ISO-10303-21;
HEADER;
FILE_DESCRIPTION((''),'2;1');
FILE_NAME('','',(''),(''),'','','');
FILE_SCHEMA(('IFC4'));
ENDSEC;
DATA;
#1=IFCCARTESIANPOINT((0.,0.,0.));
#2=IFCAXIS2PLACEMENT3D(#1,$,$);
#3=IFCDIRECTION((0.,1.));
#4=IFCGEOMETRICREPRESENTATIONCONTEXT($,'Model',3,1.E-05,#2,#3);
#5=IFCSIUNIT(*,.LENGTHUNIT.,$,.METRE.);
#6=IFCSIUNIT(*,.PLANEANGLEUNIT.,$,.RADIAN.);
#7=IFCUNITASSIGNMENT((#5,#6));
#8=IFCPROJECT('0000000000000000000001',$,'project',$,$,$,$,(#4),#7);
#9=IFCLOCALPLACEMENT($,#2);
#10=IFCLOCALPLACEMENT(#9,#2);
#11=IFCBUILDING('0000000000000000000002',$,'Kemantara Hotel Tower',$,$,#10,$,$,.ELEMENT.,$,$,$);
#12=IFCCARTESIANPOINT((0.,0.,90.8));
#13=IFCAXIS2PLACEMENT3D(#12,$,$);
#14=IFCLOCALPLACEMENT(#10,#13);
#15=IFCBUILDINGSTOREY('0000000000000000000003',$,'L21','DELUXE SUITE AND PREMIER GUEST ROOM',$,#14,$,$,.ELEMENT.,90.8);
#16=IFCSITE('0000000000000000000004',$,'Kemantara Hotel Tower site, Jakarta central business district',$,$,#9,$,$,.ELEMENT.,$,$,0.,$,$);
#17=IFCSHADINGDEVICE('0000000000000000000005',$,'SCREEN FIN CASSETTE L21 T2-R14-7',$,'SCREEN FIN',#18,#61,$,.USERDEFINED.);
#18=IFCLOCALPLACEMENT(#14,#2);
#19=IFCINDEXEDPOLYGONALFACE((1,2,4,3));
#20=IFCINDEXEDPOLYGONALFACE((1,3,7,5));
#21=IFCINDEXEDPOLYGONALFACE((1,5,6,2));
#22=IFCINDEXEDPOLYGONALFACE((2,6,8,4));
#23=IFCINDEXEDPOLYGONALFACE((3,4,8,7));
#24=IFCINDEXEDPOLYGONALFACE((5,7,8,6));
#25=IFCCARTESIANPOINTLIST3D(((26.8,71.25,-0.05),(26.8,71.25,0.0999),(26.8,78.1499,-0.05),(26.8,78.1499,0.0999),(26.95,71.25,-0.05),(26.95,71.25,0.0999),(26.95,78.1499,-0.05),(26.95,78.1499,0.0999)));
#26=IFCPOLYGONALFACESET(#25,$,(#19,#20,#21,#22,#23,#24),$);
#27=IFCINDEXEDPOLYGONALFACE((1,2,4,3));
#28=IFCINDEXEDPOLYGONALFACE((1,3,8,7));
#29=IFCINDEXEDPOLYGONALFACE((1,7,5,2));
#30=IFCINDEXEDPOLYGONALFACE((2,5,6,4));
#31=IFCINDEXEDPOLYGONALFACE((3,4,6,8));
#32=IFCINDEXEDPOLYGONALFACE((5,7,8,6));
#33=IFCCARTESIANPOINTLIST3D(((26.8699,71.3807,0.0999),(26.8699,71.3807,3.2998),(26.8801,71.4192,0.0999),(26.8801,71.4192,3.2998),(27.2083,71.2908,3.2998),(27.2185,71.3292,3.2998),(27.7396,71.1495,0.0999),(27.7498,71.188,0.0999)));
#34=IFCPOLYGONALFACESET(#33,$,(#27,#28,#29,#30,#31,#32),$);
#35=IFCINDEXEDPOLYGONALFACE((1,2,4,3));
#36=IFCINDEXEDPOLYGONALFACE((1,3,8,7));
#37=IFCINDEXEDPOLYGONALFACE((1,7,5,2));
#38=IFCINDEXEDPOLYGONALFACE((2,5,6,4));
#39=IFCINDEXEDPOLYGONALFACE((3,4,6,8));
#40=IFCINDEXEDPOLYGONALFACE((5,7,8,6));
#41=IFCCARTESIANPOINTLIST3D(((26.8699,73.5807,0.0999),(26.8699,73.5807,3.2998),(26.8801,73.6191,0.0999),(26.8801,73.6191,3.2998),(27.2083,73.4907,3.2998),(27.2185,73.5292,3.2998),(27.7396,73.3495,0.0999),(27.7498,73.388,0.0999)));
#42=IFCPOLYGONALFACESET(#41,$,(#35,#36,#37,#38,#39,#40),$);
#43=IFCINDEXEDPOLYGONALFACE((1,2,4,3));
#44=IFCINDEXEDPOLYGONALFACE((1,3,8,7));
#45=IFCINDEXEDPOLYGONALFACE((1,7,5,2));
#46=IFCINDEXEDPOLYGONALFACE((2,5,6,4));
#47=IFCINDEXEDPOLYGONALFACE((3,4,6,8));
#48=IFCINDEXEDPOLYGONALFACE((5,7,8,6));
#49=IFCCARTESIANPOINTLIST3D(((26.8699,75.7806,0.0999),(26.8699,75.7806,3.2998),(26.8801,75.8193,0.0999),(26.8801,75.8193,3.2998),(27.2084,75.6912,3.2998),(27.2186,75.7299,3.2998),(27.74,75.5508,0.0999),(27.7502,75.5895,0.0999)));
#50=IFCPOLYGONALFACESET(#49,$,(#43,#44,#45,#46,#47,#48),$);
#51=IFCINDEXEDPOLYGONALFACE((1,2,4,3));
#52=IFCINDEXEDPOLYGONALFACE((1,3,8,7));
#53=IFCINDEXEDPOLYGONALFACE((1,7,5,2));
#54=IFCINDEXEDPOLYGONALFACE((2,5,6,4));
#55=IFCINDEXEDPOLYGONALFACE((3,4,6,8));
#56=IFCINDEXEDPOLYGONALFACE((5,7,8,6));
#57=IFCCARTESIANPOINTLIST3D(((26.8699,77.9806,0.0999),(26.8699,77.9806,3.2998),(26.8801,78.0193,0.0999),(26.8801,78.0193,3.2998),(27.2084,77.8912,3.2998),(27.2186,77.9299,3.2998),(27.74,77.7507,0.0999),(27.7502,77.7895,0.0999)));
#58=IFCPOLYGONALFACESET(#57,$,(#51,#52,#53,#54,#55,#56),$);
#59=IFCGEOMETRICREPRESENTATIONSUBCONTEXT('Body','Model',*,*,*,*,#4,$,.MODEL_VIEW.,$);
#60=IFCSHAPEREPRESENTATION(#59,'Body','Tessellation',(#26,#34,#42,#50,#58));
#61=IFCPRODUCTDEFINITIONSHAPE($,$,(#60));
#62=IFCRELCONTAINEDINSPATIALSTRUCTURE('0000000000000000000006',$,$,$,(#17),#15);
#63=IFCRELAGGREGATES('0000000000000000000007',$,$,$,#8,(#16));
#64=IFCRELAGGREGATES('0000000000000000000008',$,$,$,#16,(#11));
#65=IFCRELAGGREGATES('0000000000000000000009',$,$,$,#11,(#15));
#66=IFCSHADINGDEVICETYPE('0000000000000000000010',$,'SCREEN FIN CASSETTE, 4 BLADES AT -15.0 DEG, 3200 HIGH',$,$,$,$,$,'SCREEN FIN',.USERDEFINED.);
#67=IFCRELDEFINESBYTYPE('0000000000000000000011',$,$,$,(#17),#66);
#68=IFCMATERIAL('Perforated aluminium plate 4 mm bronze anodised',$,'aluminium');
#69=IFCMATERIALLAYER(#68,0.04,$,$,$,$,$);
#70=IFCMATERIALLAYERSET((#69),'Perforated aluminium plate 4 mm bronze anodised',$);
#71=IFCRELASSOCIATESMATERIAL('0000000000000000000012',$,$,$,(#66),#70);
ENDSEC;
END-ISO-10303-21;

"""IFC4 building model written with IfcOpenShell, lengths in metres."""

from ifc_helpers import new_model, si_unit, direction, frame, origin, origin_2d, place, context, subcontext, project, spatial, polyline, rectangle, outline, extrude, source, transform, mapped, material, layer, layer_set, type_object, element, save


model = new_model("IFC4")

# Units and contexts
model_context = context("Model", 3, precision=1e-05, world=origin(), true_north=direction((0.0, 1.0)))
body_context = subcontext(model_context, "Body", "Model", "MODEL_VIEW")
ifc_project = project(units=[si_unit("LENGTHUNIT", "METRE"), si_unit("PLANEANGLEUNIT", "RADIAN")], contexts=[model_context])

# Site, building, storey
site_placement = place(None, origin())
site = spatial("IfcSite", under=ifc_project, at=site_placement, Name="Kemantara Hotel Tower site, Jakarta central business district", CompositionType="ELEMENT", RefElevation=0.0)
building_placement = place(site_placement, origin())
building = spatial("IfcBuilding", under=site, at=building_placement, Name="Kemantara Hotel Tower", CompositionType="ELEMENT")
storey_placement = place(building_placement, frame((0.0, 0.0, 90.8)))
storey = spatial("IfcBuildingStorey", under=building, at=storey_placement, Name="L21", Description="DELUXE SUITE AND PREMIER GUEST ROOM", CompositionType="ELEMENT", Elevation=90.8)

# Shading device
ifc_material_1 = material(Name="Perforated aluminium plate 4 mm bronze anodised", Category="aluminium")
ifc_layer_1 = layer(ifc_material_1, 0.04)
ifc_layer_set_1 = layer_set([ifc_layer_1], Name="Perforated aluminium plate 4 mm bronze anodised")
shading_device_type_1 = type_object("IfcShadingDeviceType", Name="SCREEN FIN CASSETTE, 4 BLADES AT -15.0 DEG, 3200 HIGH", ElementType="SCREEN FIN", PredefinedType="USERDEFINED", material=ifc_layer_set_1)
shared_shape_1 = source(origin(), body_context, "Body", "SweptSolid", [
    extrude(rectangle(XDim=6.8999, YDim=0.1499, at=origin_2d()), frame((3.3, -0.075, -0.1499), z_axis=(0.0, 0.0, 1.0), x_axis=(1.0, 0.0, 0.0)), (0.0, 0.0, 1.0), 0.1499),
    extrude(outline(polyline([(0.0, 0.0), (0.8999, 0.0), (0.3501, 3.2), (0.0, 3.2), (0.0, 0.0)])), frame((0.0193, -0.0801, 0.0), z_axis=(-0.966438, 0.256901, 0.0), x_axis=(-0.256901, -0.966438, 0.0)), (0.0, 0.0, 1.0), 0.0398),
    extrude(outline(polyline([(0.0, 0.0), (0.8999, 0.0), (0.3501, 3.2), (0.0, 3.2), (0.0, 0.0)])), frame((2.2192, -0.0801, 0.0), z_axis=(-0.966438, 0.256901, 0.0), x_axis=(-0.256901, -0.966438, 0.0)), (0.0, 0.0, 1.0), 0.0398),
    extrude(outline(polyline([(0.0, 0.0), (0.8999, 0.0), (0.3501, 3.2), (0.0, 3.2), (0.0, 0.0)])), frame((4.4194, -0.0801, 0.0), z_axis=(-0.966838, 0.255391, 0.0), x_axis=(-0.255391, -0.966838, 0.0)), (0.0, 0.0, 1.0), 0.04),
    extrude(outline(polyline([(0.0, 0.0), (0.8999, 0.0), (0.3501, 3.2), (0.0, 3.2), (0.0, 0.0)])), frame((6.6194, -0.0801, 0.0), z_axis=(-0.966838, 0.255391, 0.0), x_axis=(-0.255391, -0.966838, 0.0)), (0.0, 0.0, 1.0), 0.04),
])
shading_device_1_placement = place(storey_placement, frame((26.8, 71.3999, 0.0999), z_axis=(0.0, 0.0, 1.0), x_axis=(0.0, 1.0, 0.0)))
element("IfcShadingDevice", 1, at=shading_device_1_placement, inside=storey, type_object=shading_device_type_1, Name="SCREEN FIN CASSETTE L21 T2-R14-7", ObjectType="SCREEN FIN", PredefinedType="USERDEFINED", context=body_context, shape_type="MappedRepresentation", body=[
    mapped(shared_shape_1, transform((0.0, 0.0, 0.0))),
])

save(model, "model.ifc")
